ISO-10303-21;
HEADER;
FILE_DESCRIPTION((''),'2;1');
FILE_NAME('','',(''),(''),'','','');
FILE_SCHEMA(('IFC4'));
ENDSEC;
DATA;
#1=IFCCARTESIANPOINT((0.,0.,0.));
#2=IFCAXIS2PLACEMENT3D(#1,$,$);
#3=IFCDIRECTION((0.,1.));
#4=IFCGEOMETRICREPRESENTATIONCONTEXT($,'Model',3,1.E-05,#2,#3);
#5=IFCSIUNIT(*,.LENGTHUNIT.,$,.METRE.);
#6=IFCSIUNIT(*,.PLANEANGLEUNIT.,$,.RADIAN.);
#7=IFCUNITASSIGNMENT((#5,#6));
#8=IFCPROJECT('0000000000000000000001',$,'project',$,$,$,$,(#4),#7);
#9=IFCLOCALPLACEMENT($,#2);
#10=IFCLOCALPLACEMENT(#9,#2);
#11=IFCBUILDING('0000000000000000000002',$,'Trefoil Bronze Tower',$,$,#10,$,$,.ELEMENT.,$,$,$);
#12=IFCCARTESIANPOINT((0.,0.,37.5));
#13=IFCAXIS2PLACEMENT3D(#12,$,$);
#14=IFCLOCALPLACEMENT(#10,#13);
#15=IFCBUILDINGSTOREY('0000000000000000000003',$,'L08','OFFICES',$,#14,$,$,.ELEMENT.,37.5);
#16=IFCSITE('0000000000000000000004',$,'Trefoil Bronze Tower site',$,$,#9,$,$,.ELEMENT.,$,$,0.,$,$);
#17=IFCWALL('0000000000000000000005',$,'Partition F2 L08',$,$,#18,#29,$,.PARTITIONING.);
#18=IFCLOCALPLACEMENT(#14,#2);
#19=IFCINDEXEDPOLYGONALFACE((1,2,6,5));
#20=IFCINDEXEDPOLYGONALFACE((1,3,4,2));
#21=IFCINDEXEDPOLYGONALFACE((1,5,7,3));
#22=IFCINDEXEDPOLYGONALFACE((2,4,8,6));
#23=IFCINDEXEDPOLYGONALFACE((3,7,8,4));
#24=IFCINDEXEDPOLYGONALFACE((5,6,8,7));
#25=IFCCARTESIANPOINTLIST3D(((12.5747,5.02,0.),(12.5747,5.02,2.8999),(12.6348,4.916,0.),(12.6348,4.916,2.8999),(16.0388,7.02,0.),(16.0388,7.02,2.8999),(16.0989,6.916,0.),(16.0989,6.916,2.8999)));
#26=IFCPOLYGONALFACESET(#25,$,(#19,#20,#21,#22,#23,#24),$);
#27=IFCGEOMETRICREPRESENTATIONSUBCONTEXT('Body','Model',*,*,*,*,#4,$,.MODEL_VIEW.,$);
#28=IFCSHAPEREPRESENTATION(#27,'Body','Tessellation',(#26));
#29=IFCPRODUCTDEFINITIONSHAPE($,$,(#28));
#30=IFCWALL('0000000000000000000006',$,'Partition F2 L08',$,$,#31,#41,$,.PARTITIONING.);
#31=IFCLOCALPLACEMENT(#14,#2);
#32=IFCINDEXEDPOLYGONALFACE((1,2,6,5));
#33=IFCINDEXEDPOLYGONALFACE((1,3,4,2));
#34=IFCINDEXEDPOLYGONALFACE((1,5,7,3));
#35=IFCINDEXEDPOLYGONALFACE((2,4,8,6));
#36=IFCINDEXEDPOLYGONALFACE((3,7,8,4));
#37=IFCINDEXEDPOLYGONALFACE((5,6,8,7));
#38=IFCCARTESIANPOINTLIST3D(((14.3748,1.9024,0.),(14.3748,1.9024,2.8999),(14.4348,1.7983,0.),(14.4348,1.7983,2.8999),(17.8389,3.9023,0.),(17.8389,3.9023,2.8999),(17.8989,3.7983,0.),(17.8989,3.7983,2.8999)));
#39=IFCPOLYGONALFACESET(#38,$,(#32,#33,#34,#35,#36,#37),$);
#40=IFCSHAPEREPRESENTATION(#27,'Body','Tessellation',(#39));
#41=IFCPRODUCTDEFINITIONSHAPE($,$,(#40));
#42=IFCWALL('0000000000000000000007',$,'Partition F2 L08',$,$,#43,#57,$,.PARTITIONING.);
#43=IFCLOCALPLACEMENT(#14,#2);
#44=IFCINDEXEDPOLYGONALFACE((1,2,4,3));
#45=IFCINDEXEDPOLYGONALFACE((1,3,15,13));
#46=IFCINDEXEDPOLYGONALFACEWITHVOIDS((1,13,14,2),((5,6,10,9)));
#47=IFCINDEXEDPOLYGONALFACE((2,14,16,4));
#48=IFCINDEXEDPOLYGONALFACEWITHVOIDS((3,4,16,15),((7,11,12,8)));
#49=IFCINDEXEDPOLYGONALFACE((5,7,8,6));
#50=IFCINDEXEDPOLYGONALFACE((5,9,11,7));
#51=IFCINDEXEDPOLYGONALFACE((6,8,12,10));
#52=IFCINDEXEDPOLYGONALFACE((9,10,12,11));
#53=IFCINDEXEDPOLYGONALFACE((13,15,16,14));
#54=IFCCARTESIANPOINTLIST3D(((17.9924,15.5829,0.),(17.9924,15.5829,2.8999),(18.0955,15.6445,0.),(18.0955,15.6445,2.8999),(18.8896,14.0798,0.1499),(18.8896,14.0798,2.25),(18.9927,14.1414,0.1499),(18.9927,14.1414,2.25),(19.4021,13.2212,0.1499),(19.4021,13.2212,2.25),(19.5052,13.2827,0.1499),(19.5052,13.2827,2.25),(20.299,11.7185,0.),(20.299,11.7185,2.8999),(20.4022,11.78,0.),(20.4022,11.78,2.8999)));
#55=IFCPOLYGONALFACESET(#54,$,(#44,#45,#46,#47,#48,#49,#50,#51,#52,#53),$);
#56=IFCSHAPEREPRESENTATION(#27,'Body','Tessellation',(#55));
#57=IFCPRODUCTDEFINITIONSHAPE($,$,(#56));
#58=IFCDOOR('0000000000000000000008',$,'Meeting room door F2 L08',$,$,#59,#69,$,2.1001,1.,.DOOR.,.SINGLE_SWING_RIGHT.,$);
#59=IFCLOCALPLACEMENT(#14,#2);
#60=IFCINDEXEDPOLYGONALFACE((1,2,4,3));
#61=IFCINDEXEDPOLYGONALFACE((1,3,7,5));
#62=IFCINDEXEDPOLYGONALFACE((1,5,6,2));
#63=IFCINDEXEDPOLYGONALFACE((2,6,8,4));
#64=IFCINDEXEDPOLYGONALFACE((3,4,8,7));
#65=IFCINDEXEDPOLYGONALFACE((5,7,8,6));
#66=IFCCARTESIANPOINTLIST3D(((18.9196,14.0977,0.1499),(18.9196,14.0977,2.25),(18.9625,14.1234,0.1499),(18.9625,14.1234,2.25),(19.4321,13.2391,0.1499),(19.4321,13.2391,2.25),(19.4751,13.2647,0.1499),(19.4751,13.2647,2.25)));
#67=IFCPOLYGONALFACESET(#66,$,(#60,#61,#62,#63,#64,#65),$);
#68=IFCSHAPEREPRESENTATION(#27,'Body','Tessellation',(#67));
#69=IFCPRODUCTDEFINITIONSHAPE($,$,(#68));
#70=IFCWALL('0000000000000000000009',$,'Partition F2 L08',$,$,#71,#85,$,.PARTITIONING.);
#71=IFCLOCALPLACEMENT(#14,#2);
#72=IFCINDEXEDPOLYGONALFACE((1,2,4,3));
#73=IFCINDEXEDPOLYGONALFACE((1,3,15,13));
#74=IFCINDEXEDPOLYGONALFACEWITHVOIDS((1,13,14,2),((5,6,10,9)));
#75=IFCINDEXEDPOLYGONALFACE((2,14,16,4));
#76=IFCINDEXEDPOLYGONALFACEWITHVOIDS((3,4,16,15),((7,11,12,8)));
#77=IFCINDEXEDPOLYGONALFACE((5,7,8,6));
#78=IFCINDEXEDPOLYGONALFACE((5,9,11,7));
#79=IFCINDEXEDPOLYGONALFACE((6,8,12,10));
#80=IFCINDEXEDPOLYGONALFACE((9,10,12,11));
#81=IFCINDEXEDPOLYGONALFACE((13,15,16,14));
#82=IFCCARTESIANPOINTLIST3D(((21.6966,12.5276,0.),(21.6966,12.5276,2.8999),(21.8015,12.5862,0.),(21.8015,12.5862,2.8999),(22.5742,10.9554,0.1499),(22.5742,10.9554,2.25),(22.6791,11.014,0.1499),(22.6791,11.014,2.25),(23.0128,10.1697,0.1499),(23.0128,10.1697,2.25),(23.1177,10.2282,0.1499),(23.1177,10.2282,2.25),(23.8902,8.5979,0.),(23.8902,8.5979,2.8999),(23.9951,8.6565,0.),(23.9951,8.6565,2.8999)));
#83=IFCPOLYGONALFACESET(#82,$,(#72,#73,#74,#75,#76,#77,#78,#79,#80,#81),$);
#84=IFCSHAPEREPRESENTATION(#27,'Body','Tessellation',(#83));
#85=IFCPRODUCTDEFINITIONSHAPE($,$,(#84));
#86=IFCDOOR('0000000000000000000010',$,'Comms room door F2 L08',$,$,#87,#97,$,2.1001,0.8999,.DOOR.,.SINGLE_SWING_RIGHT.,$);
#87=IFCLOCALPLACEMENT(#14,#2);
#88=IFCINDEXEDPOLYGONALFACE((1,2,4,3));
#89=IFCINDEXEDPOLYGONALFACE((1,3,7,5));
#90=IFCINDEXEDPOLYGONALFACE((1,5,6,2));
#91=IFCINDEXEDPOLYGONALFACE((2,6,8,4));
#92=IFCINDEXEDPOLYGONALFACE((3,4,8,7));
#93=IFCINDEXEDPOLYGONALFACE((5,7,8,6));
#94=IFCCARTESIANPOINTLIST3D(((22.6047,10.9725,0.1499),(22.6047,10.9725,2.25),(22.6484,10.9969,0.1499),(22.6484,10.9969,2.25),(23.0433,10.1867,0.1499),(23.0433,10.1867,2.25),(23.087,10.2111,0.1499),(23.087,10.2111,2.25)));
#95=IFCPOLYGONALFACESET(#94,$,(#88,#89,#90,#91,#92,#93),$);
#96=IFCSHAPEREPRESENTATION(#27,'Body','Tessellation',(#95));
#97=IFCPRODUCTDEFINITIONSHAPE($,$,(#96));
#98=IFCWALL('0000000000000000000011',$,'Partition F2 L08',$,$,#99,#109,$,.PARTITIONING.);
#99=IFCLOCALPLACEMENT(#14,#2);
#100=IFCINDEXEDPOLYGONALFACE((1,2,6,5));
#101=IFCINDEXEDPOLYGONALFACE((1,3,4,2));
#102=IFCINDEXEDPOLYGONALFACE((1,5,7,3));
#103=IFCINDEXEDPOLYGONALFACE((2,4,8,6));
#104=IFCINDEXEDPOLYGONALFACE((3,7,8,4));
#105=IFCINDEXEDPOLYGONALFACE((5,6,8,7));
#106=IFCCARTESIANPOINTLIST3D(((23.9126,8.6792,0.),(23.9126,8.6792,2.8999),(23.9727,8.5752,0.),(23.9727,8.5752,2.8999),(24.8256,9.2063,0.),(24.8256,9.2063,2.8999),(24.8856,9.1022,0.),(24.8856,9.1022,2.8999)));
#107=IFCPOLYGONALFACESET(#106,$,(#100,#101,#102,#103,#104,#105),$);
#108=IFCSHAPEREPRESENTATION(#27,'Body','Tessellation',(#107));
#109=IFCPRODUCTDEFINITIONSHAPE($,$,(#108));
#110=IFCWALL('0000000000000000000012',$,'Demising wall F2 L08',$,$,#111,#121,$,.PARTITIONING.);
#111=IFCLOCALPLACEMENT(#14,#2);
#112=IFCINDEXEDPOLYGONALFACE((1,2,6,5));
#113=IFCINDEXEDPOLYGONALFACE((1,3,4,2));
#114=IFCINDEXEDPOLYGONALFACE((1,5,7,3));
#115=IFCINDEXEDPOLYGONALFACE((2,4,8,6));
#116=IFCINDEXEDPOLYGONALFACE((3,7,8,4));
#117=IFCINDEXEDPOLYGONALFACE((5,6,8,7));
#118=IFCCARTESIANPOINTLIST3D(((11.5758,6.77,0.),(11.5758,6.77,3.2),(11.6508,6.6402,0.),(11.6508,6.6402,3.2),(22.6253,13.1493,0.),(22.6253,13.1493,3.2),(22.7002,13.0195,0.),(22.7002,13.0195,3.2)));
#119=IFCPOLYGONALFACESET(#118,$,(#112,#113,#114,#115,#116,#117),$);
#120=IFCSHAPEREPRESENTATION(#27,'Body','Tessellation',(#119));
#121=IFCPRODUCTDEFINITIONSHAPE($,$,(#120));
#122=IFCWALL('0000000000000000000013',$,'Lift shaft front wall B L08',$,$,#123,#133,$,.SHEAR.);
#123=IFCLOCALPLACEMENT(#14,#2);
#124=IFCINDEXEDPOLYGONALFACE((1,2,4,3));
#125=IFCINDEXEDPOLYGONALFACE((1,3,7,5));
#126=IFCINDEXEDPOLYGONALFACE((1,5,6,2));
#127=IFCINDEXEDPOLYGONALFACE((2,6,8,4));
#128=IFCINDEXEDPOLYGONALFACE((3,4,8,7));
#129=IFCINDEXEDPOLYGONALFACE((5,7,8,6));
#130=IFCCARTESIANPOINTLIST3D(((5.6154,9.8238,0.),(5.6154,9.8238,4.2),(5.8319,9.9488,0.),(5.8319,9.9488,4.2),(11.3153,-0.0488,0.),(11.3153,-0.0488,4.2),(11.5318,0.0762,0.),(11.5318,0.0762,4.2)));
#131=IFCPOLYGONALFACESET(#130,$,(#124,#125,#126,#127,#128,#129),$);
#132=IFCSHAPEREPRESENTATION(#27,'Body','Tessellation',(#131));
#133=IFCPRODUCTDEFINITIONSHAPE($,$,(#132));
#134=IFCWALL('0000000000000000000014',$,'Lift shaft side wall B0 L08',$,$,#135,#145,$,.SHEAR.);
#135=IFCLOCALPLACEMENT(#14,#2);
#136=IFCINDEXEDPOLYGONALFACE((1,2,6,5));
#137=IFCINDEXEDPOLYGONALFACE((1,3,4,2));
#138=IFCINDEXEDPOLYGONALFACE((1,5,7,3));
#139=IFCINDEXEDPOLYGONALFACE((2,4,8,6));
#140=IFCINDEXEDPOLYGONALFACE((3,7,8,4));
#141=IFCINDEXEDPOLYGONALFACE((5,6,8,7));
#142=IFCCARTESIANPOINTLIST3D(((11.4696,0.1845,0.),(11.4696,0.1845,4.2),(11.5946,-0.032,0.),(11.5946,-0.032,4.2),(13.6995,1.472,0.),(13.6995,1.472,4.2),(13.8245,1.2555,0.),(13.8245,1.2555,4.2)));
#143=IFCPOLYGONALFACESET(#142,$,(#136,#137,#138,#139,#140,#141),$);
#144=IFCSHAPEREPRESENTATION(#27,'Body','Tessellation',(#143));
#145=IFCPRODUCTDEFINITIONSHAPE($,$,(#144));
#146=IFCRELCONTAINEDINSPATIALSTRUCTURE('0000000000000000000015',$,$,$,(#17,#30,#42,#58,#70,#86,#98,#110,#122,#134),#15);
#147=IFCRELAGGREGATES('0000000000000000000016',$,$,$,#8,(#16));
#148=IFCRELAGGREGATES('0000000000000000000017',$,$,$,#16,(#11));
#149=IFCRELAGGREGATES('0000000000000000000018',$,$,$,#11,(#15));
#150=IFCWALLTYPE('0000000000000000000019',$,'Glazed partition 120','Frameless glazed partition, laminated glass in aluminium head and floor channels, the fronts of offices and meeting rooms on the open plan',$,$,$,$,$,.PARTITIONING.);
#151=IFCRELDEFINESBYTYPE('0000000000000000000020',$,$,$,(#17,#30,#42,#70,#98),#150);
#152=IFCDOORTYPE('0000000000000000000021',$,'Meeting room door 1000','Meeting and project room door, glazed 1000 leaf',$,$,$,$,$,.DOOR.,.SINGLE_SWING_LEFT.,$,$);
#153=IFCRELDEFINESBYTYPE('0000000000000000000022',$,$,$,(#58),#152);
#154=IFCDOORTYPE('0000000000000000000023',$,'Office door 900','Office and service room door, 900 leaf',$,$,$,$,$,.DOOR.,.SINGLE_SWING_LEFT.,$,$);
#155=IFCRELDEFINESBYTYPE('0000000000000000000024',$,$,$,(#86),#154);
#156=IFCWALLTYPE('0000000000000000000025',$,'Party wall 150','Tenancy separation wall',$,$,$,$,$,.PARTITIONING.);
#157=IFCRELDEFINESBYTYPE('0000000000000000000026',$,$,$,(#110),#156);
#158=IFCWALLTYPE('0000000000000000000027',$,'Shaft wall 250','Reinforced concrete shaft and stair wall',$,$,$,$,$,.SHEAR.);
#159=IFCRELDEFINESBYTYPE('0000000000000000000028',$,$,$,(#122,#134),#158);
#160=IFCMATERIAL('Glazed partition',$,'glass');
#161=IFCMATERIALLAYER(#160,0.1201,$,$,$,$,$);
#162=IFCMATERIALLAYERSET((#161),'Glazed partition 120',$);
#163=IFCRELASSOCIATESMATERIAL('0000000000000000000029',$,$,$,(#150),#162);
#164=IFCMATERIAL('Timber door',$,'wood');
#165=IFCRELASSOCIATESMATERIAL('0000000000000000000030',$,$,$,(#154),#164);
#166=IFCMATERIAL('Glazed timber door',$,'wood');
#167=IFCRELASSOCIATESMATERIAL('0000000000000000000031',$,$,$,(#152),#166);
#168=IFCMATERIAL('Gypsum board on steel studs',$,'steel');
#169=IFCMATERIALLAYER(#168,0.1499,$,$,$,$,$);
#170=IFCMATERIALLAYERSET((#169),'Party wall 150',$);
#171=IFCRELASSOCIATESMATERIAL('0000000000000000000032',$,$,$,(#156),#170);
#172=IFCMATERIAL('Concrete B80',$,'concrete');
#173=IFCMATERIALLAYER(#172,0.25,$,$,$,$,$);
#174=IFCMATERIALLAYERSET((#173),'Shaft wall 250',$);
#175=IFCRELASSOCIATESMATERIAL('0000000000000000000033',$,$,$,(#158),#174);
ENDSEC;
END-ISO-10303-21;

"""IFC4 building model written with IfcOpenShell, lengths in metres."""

from ifc_helpers import new_model, si_unit, direction, frame, frame_2d, origin, place, context, subcontext, project, spatial, rectangle, extrude, material, layer, layer_set, type_object, element, fill, save


model = new_model("IFC4")

# Units and contexts
model_context = context("Model", 3, precision=1e-05, world=origin(), true_north=direction((0.0, 1.0)))
body_context = subcontext(model_context, "Body", "Model", "MODEL_VIEW")
ifc_project = project(units=[si_unit("LENGTHUNIT", "METRE"), si_unit("PLANEANGLEUNIT", "RADIAN")], contexts=[model_context])

# Site, building, storey
site_placement = place(None, origin())
site = spatial("IfcSite", under=ifc_project, at=site_placement, Name="Trefoil Bronze Tower site", CompositionType="ELEMENT", RefElevation=0.0)
building_placement = place(site_placement, origin())
building = spatial("IfcBuilding", under=site, at=building_placement, Name="Trefoil Bronze Tower", CompositionType="ELEMENT")
storey_placement = place(building_placement, frame((0.0, 0.0, 37.5)))
storey = spatial("IfcBuildingStorey", under=building, at=storey_placement, Name="L08", Description="OFFICES", CompositionType="ELEMENT", Elevation=37.5)

# Shared definitions
ifc_material_1 = material(Name="Glazed partition", Category="glass")
ifc_layer_1 = layer(ifc_material_1, 0.1201)
ifc_layer_set_1 = layer_set([ifc_layer_1], Name="Glazed partition 120")
wall_type_1 = type_object("IfcWallType", Name="Glazed partition 120", Description="Frameless glazed partition, laminated glass in aluminium head and floor channels, the fronts of offices and meeting rooms on the open plan", PredefinedType="PARTITIONING", material=ifc_layer_set_1)
ifc_material_2 = material(Name="Timber door", Category="wood")
door_type_1 = type_object("IfcDoorType", Name="Office door 900", Description="Office and service room door, 900 leaf", OperationType="SINGLE_SWING_LEFT", PredefinedType="DOOR", material=ifc_material_2)
ifc_material_3 = material(Name="Glazed timber door", Category="wood")
door_type_2 = type_object("IfcDoorType", Name="Meeting room door 1000", Description="Meeting and project room door, glazed 1000 leaf", OperationType="SINGLE_SWING_LEFT", PredefinedType="DOOR", material=ifc_material_3)

# Walls
for number, where, z_axis, x_axis, name in (
    (1, (12.6047, 4.968, 0.0), (0.0, 0.0, 1.0), (0.866026, 0.499999, 0.0), "Partition F2 L08"),
    (2, (14.4048, 1.8503, 0.0), (0.0, 0.0, 1.0), (0.866026, 0.499999, 0.0), "Partition F2 L08"),
):
    element("IfcWall", number, at=place(storey_placement, frame(where, z_axis=z_axis, x_axis=x_axis)), inside=storey, type_object=wall_type_1, Name=name, PredefinedType="PARTITIONING", context=body_context, shape_type="SweptSolid", body=[
        extrude(rectangle(XDim=4.0, YDim=0.1201, at=frame_2d((2.0, 0.0))), origin(), (0.0, 0.0, 1.0), 2.8999),
    ])

# Walls, openings, doors
wall_1_placement = place(storey_placement, frame((20.3506, 11.7493, 0.0), z_axis=(0.0, 0.0, 1.0), x_axis=(-0.512524, 0.858673, 0.0)))
wall_1 = element("IfcWall", 3, at=wall_1_placement, inside=storey, type_object=wall_type_1, Name="Partition F2 L08", PredefinedType="PARTITIONING", context=body_context, shape_type="SweptSolid", body=[
    extrude(rectangle(XDim=4.5005, YDim=0.1201, at=frame_2d((2.2502, 0.0))), origin(), (0.0, 0.0, 1.0), 2.8999),
])
opening_1_placement = place(wall_1_placement, frame((1.75, 0.0, 0.1499)))
opening_1 = element("IfcOpeningElement", 4, at=opening_1_placement, cuts=wall_1, PredefinedType="OPENING", context=body_context, shape_type="SweptSolid", body=[
    extrude(rectangle(XDim=1.0, YDim=2.1001, at=frame_2d((0.5, 1.05))), frame((0.0, 0.0701, 0.0), z_axis=(0.0, -1.0, 0.0), x_axis=(1.0, 0.0, 0.0)), (0.0, 0.0, 1.0), 0.1401),
])
door_1_placement = place(opening_1_placement, frame((1.0, 0.0, 0.0), z_axis=(0.0, 0.0, 1.0), x_axis=(-1.0, 0.0, 0.0)))
door_1 = element("IfcDoor", 5, at=door_1_placement, inside=storey, type_object=door_type_2, Name="Meeting room door F2 L08", OperationType="SINGLE_SWING_RIGHT", OverallHeight=2.1001, OverallWidth=1.0, PredefinedType="DOOR", context=body_context, shape_type="SweptSolid", body=[
    extrude(rectangle(XDim=1.0, YDim=2.1001, at=frame_2d((0.5, 1.05))), frame((0.0, 0.0249, 0.0), z_axis=(0.0, -1.0, 0.0), x_axis=(1.0, 0.0, 0.0)), (0.0, 0.0, 1.0), 0.05),
])
fill(opening_1, door_1)
wall_2_placement = place(storey_placement, frame((23.9426, 8.6272, 0.0), z_axis=(0.0, 0.0, 1.0), x_axis=(-0.487415, 0.87317, 0.0)))
wall_2 = element("IfcWall", 6, at=wall_2_placement, inside=storey, type_object=wall_type_1, Name="Partition F2 L08", PredefinedType="PARTITIONING", context=body_context, shape_type="SweptSolid", body=[
    extrude(rectangle(XDim=4.5005, YDim=0.1201, at=frame_2d((2.2502, 0.0))), origin(), (0.0, 0.0, 1.0), 2.8999),
])
opening_2_placement = place(wall_2_placement, frame((1.8, 0.0, 0.1499)))
opening_2 = element("IfcOpeningElement", 7, at=opening_2_placement, cuts=wall_2, PredefinedType="OPENING", context=body_context, shape_type="SweptSolid", body=[
    extrude(rectangle(XDim=0.8999, YDim=2.1001, at=frame_2d((0.45, 1.05))), frame((0.0, 0.0701, 0.0), z_axis=(0.0, -1.0, 0.0), x_axis=(1.0, 0.0, 0.0)), (0.0, 0.0, 1.0), 0.1401),
])
door_2_placement = place(opening_2_placement, frame((0.8999, 0.0, 0.0), z_axis=(0.0, 0.0, 1.0), x_axis=(-1.0, 0.0, 0.0)))
door_2 = element("IfcDoor", 8, at=door_2_placement, inside=storey, type_object=door_type_1, Name="Comms room door F2 L08", OperationType="SINGLE_SWING_RIGHT", OverallHeight=2.1001, OverallWidth=0.8999, PredefinedType="DOOR", context=body_context, shape_type="SweptSolid", body=[
    extrude(rectangle(XDim=0.8999, YDim=2.1001, at=frame_2d((0.45, 1.05))), frame((0.0, 0.0249, 0.0), z_axis=(0.0, -1.0, 0.0), x_axis=(1.0, 0.0, 0.0)), (0.0, 0.0, 1.0), 0.05),
])
fill(opening_2, door_2)

# Walls
wall_3_placement = place(storey_placement, frame((23.9426, 8.6272, 0.0), z_axis=(0.0, 0.0, 1.0), x_axis=(0.866054, 0.49995, 0.0)))
element("IfcWall", 9, at=wall_3_placement, inside=storey, type_object=wall_type_1, Name="Partition F2 L08", PredefinedType="PARTITIONING", context=body_context, shape_type="SweptSolid", body=[
    extrude(rectangle(XDim=1.0542, YDim=0.1201, at=frame_2d((0.5271, 0.0))), origin(), (0.0, 0.0, 1.0), 2.8999),
])
ifc_material_4 = material(Name="Gypsum board on steel studs", Category="steel")
ifc_layer_2 = layer(ifc_material_4, 0.1499)
ifc_layer_set_2 = layer_set([ifc_layer_2], Name="Party wall 150")
wall_type_2 = type_object("IfcWallType", Name="Party wall 150", Description="Tenancy separation wall", PredefinedType="PARTITIONING", material=ifc_layer_set_2)
wall_4_placement = place(storey_placement, frame((11.6133, 6.7051, 0.0), z_axis=(0.0, 0.0, 1.0), x_axis=(0.866028, 0.499996, 0.0)))
element("IfcWall", 10, at=wall_4_placement, inside=storey, type_object=wall_type_2, Name="Demising wall F2 L08", PredefinedType="PARTITIONING", context=body_context, shape_type="SweptSolid", body=[
    extrude(rectangle(XDim=12.7588, YDim=0.1499, at=frame_2d((6.3794, 0.0))), origin(), (0.0, 0.0, 1.0), 3.2),
])
ifc_material_5 = material(Name="Concrete B80", Category="concrete")
ifc_layer_3 = layer(ifc_material_5, 0.25)
ifc_layer_set_3 = layer_set([ifc_layer_3], Name="Shaft wall 250")
wall_type_3 = type_object("IfcWallType", Name="Shaft wall 250", Description="Reinforced concrete shaft and stair wall", PredefinedType="SHEAR", material=ifc_layer_set_3)
wall_5_placement = place(storey_placement, frame((11.4236, 0.0137, 0.0), z_axis=(0.0, 0.0, 1.0), x_axis=(-0.500002, 0.866024, 0.0)))
element("IfcWall", 11, at=wall_5_placement, inside=storey, type_object=wall_type_3, Name="Lift shaft front wall B L08", PredefinedType="SHEAR", context=body_context, shape_type="SweptSolid", body=[
    extrude(rectangle(XDim=11.3999, YDim=0.25, at=frame_2d((5.7, 0.0))), origin(), (0.0, 0.0, 1.0), 4.2),
])
wall_6_placement = place(storey_placement, frame((11.532, 0.0762, 0.0), z_axis=(0.0, 0.0, 1.0), x_axis=(0.866006, 0.500034, 0.0)))
element("IfcWall", 12, at=wall_6_placement, inside=storey, type_object=wall_type_3, Name="Lift shaft side wall B0 L08", PredefinedType="SHEAR", context=body_context, shape_type="SweptSolid", body=[
    extrude(rectangle(XDim=2.575, YDim=0.25, at=frame_2d((1.2876, 0.0))), origin(), (0.0, 0.0, 1.0), 4.2),
])

save(model, "model.ifc")
